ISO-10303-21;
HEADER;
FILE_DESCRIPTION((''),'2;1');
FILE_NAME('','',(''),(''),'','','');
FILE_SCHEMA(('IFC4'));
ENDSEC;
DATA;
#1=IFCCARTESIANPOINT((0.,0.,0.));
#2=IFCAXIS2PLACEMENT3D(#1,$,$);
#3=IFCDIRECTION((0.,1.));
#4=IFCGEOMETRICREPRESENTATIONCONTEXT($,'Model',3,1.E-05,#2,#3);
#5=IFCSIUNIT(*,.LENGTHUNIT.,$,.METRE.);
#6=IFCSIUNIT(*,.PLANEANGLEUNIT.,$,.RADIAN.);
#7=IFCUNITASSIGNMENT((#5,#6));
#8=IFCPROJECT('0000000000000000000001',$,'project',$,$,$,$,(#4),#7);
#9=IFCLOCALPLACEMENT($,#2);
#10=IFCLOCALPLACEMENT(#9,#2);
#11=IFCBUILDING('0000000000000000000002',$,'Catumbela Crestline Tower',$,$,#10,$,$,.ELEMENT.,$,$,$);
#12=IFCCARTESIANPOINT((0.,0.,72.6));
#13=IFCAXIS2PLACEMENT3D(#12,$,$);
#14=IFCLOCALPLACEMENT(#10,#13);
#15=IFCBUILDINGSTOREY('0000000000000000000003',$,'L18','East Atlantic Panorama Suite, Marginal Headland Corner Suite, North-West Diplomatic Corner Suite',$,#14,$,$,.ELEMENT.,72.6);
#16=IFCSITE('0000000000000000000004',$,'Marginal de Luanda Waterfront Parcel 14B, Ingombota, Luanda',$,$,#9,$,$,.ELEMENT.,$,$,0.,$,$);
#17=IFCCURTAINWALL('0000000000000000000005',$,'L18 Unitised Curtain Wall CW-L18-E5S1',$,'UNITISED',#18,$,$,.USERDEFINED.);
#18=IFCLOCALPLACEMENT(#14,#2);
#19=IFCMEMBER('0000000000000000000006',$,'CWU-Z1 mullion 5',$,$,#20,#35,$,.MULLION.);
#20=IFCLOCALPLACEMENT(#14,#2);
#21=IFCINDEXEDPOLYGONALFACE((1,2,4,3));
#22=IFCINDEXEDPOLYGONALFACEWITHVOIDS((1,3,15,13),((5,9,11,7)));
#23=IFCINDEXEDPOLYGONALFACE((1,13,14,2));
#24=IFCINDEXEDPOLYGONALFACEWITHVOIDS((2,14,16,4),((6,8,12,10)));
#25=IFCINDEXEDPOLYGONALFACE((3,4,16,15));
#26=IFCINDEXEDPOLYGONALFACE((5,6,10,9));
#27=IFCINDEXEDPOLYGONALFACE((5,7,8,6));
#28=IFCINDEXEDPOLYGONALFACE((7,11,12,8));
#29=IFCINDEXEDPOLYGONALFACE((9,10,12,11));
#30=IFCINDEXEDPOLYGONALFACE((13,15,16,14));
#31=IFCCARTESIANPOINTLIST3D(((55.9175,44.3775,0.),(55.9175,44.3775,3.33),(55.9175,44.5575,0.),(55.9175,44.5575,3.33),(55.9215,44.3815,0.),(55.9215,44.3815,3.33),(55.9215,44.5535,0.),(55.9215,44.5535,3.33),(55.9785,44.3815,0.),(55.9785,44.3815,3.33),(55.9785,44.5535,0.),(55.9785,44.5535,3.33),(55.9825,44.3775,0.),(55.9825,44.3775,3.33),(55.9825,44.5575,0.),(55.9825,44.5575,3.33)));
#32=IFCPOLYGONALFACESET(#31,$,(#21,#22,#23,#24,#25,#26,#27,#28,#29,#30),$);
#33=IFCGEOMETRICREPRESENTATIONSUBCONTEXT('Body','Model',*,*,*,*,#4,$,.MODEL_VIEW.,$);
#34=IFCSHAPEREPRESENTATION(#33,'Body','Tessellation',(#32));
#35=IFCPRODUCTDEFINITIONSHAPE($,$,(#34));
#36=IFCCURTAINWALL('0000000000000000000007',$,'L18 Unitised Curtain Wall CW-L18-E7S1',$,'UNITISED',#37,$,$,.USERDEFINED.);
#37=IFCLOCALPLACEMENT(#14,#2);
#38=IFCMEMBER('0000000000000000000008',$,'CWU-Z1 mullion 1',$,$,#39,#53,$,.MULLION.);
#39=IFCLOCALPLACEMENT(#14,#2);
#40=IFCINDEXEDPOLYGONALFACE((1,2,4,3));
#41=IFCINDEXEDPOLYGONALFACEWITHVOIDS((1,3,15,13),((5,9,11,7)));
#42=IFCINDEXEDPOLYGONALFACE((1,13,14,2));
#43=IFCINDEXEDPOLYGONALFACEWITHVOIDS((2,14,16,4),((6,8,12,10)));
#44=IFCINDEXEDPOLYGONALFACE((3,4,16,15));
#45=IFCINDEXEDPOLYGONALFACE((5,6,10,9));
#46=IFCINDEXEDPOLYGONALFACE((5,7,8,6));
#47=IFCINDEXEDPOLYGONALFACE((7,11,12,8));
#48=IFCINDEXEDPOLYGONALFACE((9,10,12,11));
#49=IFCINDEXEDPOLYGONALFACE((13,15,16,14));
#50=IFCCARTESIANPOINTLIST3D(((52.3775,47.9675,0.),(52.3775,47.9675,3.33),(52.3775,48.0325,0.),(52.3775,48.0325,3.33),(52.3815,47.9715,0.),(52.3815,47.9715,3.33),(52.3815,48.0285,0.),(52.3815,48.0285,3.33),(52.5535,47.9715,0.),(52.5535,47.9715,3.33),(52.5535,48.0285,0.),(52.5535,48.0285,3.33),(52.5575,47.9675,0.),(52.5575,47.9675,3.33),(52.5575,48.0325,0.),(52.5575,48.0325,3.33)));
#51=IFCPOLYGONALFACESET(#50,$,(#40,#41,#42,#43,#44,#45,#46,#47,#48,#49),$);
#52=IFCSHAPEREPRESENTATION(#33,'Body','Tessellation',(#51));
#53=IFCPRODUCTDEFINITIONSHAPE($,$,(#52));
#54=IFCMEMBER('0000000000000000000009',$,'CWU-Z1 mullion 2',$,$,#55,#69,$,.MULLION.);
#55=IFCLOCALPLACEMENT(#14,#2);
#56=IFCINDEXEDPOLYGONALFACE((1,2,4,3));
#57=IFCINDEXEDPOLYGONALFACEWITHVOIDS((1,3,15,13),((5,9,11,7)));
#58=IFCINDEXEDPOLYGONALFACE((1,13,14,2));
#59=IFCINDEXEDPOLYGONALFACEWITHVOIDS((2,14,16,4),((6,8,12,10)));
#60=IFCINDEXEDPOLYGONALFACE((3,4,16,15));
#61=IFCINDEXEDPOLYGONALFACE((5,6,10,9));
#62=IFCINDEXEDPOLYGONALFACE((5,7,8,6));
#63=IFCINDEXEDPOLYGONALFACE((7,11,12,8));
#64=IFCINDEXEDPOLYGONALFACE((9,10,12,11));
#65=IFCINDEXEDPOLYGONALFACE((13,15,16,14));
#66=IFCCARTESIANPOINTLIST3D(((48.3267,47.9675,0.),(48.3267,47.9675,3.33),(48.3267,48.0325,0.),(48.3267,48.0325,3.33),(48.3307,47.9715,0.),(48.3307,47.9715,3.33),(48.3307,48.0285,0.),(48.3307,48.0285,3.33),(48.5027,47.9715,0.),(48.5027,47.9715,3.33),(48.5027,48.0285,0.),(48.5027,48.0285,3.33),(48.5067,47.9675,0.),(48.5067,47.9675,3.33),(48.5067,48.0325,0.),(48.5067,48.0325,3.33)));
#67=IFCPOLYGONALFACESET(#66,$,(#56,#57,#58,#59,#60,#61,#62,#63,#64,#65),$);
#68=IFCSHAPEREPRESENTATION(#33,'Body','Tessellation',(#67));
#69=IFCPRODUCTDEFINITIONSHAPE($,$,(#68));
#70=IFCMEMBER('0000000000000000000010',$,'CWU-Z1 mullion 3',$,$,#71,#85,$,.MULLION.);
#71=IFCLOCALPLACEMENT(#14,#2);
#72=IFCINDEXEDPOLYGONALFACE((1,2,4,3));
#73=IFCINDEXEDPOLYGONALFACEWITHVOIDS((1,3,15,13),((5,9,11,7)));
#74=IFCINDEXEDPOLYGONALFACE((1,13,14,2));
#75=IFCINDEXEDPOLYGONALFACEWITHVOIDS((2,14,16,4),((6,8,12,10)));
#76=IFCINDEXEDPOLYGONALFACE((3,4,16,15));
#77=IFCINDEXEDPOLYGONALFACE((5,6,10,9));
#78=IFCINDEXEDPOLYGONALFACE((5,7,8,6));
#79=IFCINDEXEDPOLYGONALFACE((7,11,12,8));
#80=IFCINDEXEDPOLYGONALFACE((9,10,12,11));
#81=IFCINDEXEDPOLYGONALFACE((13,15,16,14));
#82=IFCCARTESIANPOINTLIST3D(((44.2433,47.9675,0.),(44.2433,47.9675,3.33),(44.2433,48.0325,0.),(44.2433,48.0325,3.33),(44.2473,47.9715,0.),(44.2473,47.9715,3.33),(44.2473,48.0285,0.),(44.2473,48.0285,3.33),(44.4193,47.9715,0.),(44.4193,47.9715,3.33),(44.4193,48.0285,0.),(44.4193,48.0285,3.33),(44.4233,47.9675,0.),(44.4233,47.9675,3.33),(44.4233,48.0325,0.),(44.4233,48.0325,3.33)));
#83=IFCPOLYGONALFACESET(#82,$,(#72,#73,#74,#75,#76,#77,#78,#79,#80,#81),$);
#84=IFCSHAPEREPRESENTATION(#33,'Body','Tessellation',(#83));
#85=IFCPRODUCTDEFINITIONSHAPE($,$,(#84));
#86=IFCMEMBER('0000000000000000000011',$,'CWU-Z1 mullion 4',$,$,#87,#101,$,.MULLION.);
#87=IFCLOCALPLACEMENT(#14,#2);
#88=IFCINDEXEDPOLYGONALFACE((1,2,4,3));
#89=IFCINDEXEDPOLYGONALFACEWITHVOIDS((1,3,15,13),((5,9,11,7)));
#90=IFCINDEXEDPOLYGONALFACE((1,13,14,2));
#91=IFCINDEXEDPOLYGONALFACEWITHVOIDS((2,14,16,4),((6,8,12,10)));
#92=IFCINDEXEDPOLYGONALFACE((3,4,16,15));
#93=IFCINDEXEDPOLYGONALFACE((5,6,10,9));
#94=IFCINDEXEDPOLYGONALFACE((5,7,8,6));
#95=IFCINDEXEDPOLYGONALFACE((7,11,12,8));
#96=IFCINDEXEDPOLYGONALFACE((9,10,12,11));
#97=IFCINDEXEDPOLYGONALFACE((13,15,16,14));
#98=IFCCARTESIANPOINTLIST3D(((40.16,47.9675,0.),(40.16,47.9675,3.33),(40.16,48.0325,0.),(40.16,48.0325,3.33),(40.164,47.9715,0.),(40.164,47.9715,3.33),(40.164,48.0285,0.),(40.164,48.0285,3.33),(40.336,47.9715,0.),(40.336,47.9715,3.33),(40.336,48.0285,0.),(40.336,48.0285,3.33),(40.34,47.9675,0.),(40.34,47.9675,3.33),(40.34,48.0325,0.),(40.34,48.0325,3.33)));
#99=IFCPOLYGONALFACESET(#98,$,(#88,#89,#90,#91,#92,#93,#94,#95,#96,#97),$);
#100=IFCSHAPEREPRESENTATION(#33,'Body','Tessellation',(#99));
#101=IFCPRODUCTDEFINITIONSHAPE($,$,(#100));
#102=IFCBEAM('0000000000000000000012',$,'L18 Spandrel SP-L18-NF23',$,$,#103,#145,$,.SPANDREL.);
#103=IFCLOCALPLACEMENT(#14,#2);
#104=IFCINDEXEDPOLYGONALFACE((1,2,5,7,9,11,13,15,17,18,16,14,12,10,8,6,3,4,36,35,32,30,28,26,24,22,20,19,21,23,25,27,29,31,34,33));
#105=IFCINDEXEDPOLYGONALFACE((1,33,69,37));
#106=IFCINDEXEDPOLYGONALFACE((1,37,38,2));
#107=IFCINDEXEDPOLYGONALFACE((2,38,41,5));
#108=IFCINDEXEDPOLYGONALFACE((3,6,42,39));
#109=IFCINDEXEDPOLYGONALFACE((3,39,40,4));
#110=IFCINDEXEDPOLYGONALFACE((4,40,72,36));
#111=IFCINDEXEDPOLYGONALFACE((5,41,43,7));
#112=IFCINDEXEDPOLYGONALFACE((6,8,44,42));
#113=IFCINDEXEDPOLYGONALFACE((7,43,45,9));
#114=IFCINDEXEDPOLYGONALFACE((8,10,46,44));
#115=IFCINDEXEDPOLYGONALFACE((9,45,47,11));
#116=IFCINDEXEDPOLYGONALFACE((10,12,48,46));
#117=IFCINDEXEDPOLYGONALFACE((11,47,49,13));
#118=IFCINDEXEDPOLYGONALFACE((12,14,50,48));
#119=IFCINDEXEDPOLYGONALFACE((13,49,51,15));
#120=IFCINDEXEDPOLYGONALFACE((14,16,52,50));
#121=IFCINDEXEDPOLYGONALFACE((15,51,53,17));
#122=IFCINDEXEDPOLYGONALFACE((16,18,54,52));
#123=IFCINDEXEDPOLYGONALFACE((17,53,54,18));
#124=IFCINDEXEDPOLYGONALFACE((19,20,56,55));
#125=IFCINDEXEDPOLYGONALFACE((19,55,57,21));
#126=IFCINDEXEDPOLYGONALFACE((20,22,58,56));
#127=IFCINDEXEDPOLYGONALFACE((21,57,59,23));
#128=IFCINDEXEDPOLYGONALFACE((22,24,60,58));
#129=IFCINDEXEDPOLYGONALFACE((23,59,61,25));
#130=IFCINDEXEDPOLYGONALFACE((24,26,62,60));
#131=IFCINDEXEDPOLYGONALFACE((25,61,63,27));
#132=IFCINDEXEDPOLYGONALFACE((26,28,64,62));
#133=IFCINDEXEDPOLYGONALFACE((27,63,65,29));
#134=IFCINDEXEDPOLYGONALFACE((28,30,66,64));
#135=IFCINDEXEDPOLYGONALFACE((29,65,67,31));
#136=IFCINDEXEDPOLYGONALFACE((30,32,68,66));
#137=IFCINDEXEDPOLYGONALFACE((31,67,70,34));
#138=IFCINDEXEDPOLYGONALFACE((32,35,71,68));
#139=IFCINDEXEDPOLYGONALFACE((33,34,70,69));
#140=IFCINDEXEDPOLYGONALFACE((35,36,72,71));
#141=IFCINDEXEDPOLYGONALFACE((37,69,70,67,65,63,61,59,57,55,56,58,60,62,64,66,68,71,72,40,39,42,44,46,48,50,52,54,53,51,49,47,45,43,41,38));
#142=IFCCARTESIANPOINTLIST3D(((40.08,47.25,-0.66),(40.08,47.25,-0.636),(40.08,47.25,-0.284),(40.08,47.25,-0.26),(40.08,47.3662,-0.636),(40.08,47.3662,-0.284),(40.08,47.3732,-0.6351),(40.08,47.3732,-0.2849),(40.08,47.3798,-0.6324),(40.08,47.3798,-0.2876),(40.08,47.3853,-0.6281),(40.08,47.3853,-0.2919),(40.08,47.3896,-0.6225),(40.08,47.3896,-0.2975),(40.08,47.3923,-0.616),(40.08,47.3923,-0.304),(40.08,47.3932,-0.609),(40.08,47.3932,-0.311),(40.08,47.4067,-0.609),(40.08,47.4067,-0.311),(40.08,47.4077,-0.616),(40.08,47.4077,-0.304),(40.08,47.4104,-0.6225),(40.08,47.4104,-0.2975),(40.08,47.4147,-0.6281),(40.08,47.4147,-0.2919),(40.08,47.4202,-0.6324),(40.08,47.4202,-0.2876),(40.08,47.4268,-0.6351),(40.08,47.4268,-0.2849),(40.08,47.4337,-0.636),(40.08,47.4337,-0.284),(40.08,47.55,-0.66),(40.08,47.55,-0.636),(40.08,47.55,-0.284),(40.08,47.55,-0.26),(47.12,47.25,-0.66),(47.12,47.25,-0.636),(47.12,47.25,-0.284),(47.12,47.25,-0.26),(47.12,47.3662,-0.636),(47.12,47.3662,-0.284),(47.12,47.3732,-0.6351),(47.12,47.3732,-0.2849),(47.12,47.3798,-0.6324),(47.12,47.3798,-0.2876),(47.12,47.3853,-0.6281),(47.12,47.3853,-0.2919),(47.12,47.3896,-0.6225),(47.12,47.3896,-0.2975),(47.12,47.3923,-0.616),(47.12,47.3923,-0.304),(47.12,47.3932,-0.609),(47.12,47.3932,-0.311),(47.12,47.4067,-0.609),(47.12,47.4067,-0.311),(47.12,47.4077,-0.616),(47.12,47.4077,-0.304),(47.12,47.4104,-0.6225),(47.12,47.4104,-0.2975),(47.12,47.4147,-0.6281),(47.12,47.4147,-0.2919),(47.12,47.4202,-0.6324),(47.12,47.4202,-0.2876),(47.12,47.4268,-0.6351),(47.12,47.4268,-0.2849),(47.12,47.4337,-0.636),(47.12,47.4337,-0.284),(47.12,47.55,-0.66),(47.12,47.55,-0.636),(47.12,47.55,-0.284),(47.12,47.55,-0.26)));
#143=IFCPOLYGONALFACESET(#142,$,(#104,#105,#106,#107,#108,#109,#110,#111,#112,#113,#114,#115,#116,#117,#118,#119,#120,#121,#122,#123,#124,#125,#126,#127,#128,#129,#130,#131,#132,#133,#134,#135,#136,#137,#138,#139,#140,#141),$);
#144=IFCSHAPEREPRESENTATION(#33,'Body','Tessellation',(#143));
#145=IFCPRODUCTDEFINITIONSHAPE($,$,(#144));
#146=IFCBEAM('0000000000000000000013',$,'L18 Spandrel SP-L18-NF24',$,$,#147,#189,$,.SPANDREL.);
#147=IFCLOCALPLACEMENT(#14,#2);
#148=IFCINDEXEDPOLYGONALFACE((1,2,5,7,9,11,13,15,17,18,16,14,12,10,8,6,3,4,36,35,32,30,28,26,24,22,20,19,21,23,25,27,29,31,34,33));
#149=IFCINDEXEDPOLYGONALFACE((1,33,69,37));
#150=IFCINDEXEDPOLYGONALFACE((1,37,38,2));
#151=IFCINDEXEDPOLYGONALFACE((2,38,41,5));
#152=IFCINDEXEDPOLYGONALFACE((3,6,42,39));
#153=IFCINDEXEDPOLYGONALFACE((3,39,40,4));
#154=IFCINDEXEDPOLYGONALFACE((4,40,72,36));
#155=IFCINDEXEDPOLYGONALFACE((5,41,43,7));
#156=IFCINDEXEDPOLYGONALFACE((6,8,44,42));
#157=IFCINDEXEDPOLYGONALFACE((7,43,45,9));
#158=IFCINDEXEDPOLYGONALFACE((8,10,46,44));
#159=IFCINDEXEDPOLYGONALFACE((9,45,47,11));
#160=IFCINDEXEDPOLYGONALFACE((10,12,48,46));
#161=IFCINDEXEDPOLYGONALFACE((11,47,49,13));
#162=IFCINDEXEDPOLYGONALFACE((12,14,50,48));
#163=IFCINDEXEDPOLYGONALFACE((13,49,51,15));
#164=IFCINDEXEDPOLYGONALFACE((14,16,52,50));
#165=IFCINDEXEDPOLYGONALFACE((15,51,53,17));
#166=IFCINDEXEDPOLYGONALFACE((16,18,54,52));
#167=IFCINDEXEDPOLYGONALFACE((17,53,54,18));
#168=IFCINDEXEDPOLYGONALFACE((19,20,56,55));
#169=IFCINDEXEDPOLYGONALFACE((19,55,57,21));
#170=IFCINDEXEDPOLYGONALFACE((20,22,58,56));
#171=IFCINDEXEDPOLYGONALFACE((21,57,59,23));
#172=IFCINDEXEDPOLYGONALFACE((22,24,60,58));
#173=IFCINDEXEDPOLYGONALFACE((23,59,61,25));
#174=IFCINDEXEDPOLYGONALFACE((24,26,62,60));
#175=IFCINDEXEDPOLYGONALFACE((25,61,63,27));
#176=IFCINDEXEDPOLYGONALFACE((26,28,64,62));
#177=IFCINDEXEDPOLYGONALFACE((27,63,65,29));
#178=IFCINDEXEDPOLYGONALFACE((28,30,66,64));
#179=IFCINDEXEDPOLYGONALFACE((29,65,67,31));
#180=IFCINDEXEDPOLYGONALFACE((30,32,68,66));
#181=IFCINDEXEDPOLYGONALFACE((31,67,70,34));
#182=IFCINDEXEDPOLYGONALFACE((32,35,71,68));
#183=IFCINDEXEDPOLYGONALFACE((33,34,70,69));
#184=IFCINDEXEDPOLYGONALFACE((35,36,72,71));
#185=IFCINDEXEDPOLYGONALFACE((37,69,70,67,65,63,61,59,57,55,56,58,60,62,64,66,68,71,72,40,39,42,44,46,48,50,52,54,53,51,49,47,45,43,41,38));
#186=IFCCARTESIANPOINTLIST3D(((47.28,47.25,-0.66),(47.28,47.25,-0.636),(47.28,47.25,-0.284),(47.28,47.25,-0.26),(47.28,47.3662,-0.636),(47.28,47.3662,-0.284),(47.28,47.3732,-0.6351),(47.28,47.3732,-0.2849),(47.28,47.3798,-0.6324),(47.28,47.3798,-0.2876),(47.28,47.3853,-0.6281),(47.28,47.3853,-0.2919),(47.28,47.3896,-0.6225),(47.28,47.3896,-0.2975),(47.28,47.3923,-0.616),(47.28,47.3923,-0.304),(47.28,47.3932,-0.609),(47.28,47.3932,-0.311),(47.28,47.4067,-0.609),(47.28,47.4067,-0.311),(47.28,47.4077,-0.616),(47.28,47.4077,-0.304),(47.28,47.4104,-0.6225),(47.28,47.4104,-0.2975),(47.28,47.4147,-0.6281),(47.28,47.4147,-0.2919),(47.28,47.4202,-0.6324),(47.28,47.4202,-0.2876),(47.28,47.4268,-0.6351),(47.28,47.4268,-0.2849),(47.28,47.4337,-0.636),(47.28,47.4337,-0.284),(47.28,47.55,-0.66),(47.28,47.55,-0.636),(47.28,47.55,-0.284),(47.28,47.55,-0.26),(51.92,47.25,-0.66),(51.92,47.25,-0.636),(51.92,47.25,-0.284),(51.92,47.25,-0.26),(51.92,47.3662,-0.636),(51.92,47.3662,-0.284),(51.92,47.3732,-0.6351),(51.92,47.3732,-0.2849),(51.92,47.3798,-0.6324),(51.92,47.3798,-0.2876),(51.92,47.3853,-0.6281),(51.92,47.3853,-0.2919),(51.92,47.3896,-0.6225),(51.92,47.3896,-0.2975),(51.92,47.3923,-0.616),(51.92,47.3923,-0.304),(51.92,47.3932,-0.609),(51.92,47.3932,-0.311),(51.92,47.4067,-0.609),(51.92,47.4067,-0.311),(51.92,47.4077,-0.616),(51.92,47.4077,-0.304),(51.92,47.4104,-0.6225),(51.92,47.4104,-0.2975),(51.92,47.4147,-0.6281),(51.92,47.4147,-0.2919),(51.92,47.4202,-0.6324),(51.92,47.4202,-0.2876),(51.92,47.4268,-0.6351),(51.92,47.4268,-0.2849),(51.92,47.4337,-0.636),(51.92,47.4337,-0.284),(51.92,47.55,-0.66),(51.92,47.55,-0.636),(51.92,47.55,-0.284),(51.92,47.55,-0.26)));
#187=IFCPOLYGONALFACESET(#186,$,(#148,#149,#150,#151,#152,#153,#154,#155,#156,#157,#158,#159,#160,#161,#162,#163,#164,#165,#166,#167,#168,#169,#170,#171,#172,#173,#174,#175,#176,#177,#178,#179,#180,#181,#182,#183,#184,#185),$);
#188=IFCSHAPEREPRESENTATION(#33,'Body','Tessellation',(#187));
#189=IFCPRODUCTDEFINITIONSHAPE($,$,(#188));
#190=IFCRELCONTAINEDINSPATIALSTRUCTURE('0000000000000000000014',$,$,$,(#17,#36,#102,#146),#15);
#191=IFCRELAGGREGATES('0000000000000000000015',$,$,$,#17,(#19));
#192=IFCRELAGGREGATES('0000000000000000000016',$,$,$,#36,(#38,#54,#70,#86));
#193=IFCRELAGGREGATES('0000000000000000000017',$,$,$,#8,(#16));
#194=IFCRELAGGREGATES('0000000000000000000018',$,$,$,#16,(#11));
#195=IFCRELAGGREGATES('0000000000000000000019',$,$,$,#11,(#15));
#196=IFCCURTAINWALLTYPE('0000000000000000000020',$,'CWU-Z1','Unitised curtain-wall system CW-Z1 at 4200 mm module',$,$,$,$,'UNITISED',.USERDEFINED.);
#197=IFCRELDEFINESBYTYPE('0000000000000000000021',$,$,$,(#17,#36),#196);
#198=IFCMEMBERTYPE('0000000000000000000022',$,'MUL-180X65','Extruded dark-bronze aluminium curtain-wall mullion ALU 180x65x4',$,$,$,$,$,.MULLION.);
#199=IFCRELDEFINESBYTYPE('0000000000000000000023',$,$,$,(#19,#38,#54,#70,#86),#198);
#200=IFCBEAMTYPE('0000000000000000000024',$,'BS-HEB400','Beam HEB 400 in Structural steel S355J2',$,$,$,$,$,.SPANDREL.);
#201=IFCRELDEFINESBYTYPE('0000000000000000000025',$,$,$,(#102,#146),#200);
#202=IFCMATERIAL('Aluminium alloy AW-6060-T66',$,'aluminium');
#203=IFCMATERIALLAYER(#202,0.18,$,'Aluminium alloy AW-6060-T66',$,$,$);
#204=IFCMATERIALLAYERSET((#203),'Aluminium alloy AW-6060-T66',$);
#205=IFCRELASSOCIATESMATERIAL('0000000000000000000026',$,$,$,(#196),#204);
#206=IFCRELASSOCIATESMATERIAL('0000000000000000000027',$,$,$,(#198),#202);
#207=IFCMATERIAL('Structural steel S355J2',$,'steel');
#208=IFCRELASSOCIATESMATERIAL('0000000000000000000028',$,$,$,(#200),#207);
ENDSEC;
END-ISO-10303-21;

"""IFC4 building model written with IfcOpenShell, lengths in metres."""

from ifc_helpers import new_model, si_unit, direction, frame, origin, origin_2d, place, context, subcontext, project, spatial, hollow_rectangle, i_section, extrude, material, layer, layer_set, material_profile, profile_set, type_object, element, aggregate, save


model = new_model("IFC4")

# Units and contexts
model_context = context("Model", 3, precision=1e-05, world=origin(), true_north=direction((0.0, 1.0)))
body_context = subcontext(model_context, "Body", "Model", "MODEL_VIEW")
ifc_project = project(units=[si_unit("LENGTHUNIT", "METRE"), si_unit("PLANEANGLEUNIT", "RADIAN")], contexts=[model_context])

# Site, building, storey
site_placement = place(None, origin())
site = spatial("IfcSite", under=ifc_project, at=site_placement, Name="Marginal de Luanda Waterfront Parcel 14B, Ingombota, Luanda", CompositionType="ELEMENT", RefElevation=0.0)
building_placement = place(site_placement, origin())
building = spatial("IfcBuilding", under=site, at=building_placement, Name="Catumbela Crestline Tower", CompositionType="ELEMENT")
storey_placement = place(building_placement, frame((0.0, 0.0, 72.6)))
storey = spatial("IfcBuildingStorey", under=building, at=storey_placement, Name="L18", Description="East Atlantic Panorama Suite, Marginal Headland Corner Suite, North-West Diplomatic Corner Suite", CompositionType="ELEMENT", Elevation=72.6)

# Curtain wall, member
ifc_material_1 = material(Name="Aluminium alloy AW-6060-T66", Category="aluminium")
ifc_layer_1 = layer(ifc_material_1, 0.18, Name="Aluminium alloy AW-6060-T66")
ifc_layer_set_1 = layer_set([ifc_layer_1], Name="Aluminium alloy AW-6060-T66")
curtain_wall_type = type_object("IfcCurtainWallType", Name="CWU-Z1", Description="Unitised curtain-wall system CW-Z1 at 4200 mm module", ElementType="UNITISED", PredefinedType="USERDEFINED", material=ifc_layer_set_1)
curtain_wall_1_placement = place(storey_placement, origin())
curtain_wall_1 = element("IfcCurtainWall", 1, at=curtain_wall_1_placement, inside=storey, type_object=curtain_wall_type, Name="L18 Unitised Curtain Wall CW-L18-E5S1", ObjectType="UNITISED", PredefinedType="USERDEFINED")
ifc_material_profile_1 = material_profile(ifc_material_1, hollow_rectangle(XDim=0.065, YDim=0.18, WallThickness=0.004, at=origin_2d()), Name="ALU 180x65x4")
ifc_profile_set_1 = profile_set([ifc_material_profile_1], Name="Aluminium alloy AW-6060-T66")
member_type_1 = type_object("IfcMemberType", Name="MUL-180X65", Description="Extruded dark-bronze aluminium curtain-wall mullion ALU 180x65x4", PredefinedType="MULLION", material=ifc_profile_set_1)
member_1_placement = place(storey_placement, frame((55.95, 44.4675, 0.0), z_axis=(0.0, 0.0, 1.0), x_axis=(-1.0, 0.0, 0.0)))
member_1 = element("IfcMember", 2, at=member_1_placement, type_object=member_type_1, Name="CWU-Z1 mullion 5", PredefinedType="MULLION", context=body_context, shape_type="SweptSolid", body=[
    extrude(hollow_rectangle(XDim=0.065, YDim=0.18, WallThickness=0.004, at=origin_2d()), origin(), (0.0, 0.0, 1.0), 3.33),
])

# Curtain wall, members
curtain_wall_2_placement = place(storey_placement, origin())
curtain_wall_2 = element("IfcCurtainWall", 3, at=curtain_wall_2_placement, inside=storey, type_object=curtain_wall_type, Name="L18 Unitised Curtain Wall CW-L18-E7S1", ObjectType="UNITISED", PredefinedType="USERDEFINED")
member_2_placement = place(storey_placement, frame((52.4675, 48.0, 0.0), z_axis=(0.0, 0.0, 1.0), x_axis=(0.0, -1.0, 0.0)))
member_2 = element("IfcMember", 4, at=member_2_placement, type_object=member_type_1, Name="CWU-Z1 mullion 1", PredefinedType="MULLION", context=body_context, shape_type="SweptSolid", body=[
    extrude(hollow_rectangle(XDim=0.065, YDim=0.18, WallThickness=0.004, at=origin_2d()), origin(), (0.0, 0.0, 1.0), 3.33),
])
member_3_placement = place(storey_placement, frame((48.4167, 48.0, 0.0), z_axis=(0.0, 0.0, 1.0), x_axis=(0.0, -1.0, 0.0)))
member_3 = element("IfcMember", 5, at=member_3_placement, type_object=member_type_1, Name="CWU-Z1 mullion 2", PredefinedType="MULLION", context=body_context, shape_type="SweptSolid", body=[
    extrude(hollow_rectangle(XDim=0.065, YDim=0.18, WallThickness=0.004, at=origin_2d()), origin(), (0.0, 0.0, 1.0), 3.33),
])
member_4_placement = place(storey_placement, frame((44.3333, 48.0, 0.0), z_axis=(0.0, 0.0, 1.0), x_axis=(0.0, -1.0, 0.0)))
member_4 = element("IfcMember", 6, at=member_4_placement, type_object=member_type_1, Name="CWU-Z1 mullion 3", PredefinedType="MULLION", context=body_context, shape_type="SweptSolid", body=[
    extrude(hollow_rectangle(XDim=0.065, YDim=0.18, WallThickness=0.004, at=origin_2d()), origin(), (0.0, 0.0, 1.0), 3.33),
])
member_5_placement = place(storey_placement, frame((40.25, 48.0, 0.0), z_axis=(0.0, 0.0, 1.0), x_axis=(0.0, -1.0, 0.0)))
member_5 = element("IfcMember", 7, at=member_5_placement, type_object=member_type_1, Name="CWU-Z1 mullion 4", PredefinedType="MULLION", context=body_context, shape_type="SweptSolid", body=[
    extrude(hollow_rectangle(XDim=0.065, YDim=0.18, WallThickness=0.004, at=origin_2d()), origin(), (0.0, 0.0, 1.0), 3.33),
])

# Beams
ifc_material_2 = material(Name="Structural steel S355J2", Category="steel")
ifc_material_profile_2 = material_profile(ifc_material_2, i_section(OverallWidth=0.3, OverallDepth=0.4, WebThickness=0.0135, FlangeThickness=0.024, FilletRadius=0.027, at=origin_2d()), Name="HEB 400")
ifc_profile_set_2 = profile_set([ifc_material_profile_2], Name="Structural steel S355J2")
beam_type = type_object("IfcBeamType", Name="BS-HEB400", Description="Beam HEB 400 in Structural steel S355J2", PredefinedType="SPANDREL", material=ifc_profile_set_2)
beam_1_placement = place(storey_placement, frame((40.08, 47.4, -0.46), z_axis=(1.0, 0.0, 0.0), x_axis=(0.0, 1.0, 0.0)))
element("IfcBeam", 8, at=beam_1_placement, inside=storey, type_object=beam_type, Name="L18 Spandrel SP-L18-NF23", PredefinedType="SPANDREL", context=body_context, shape_type="SweptSolid", body=[
    extrude(i_section(OverallWidth=0.3, OverallDepth=0.4, WebThickness=0.0135, FlangeThickness=0.024, FilletRadius=0.027, at=origin_2d()), origin(), (0.0, 0.0, 1.0), 7.04),
])
beam_2_placement = place(storey_placement, frame((47.28, 47.4, -0.46), z_axis=(1.0, 0.0, 0.0), x_axis=(0.0, 1.0, 0.0)))
element("IfcBeam", 9, at=beam_2_placement, inside=storey, type_object=beam_type, Name="L18 Spandrel SP-L18-NF24", PredefinedType="SPANDREL", context=body_context, shape_type="SweptSolid", body=[
    extrude(i_section(OverallWidth=0.3, OverallDepth=0.4, WebThickness=0.0135, FlangeThickness=0.024, FilletRadius=0.027, at=origin_2d()), origin(), (0.0, 0.0, 1.0), 4.64),
])

aggregate(curtain_wall_1, [member_1])
aggregate(curtain_wall_2, [member_2, member_3, member_4, member_5])

save(model, "model.ifc")
